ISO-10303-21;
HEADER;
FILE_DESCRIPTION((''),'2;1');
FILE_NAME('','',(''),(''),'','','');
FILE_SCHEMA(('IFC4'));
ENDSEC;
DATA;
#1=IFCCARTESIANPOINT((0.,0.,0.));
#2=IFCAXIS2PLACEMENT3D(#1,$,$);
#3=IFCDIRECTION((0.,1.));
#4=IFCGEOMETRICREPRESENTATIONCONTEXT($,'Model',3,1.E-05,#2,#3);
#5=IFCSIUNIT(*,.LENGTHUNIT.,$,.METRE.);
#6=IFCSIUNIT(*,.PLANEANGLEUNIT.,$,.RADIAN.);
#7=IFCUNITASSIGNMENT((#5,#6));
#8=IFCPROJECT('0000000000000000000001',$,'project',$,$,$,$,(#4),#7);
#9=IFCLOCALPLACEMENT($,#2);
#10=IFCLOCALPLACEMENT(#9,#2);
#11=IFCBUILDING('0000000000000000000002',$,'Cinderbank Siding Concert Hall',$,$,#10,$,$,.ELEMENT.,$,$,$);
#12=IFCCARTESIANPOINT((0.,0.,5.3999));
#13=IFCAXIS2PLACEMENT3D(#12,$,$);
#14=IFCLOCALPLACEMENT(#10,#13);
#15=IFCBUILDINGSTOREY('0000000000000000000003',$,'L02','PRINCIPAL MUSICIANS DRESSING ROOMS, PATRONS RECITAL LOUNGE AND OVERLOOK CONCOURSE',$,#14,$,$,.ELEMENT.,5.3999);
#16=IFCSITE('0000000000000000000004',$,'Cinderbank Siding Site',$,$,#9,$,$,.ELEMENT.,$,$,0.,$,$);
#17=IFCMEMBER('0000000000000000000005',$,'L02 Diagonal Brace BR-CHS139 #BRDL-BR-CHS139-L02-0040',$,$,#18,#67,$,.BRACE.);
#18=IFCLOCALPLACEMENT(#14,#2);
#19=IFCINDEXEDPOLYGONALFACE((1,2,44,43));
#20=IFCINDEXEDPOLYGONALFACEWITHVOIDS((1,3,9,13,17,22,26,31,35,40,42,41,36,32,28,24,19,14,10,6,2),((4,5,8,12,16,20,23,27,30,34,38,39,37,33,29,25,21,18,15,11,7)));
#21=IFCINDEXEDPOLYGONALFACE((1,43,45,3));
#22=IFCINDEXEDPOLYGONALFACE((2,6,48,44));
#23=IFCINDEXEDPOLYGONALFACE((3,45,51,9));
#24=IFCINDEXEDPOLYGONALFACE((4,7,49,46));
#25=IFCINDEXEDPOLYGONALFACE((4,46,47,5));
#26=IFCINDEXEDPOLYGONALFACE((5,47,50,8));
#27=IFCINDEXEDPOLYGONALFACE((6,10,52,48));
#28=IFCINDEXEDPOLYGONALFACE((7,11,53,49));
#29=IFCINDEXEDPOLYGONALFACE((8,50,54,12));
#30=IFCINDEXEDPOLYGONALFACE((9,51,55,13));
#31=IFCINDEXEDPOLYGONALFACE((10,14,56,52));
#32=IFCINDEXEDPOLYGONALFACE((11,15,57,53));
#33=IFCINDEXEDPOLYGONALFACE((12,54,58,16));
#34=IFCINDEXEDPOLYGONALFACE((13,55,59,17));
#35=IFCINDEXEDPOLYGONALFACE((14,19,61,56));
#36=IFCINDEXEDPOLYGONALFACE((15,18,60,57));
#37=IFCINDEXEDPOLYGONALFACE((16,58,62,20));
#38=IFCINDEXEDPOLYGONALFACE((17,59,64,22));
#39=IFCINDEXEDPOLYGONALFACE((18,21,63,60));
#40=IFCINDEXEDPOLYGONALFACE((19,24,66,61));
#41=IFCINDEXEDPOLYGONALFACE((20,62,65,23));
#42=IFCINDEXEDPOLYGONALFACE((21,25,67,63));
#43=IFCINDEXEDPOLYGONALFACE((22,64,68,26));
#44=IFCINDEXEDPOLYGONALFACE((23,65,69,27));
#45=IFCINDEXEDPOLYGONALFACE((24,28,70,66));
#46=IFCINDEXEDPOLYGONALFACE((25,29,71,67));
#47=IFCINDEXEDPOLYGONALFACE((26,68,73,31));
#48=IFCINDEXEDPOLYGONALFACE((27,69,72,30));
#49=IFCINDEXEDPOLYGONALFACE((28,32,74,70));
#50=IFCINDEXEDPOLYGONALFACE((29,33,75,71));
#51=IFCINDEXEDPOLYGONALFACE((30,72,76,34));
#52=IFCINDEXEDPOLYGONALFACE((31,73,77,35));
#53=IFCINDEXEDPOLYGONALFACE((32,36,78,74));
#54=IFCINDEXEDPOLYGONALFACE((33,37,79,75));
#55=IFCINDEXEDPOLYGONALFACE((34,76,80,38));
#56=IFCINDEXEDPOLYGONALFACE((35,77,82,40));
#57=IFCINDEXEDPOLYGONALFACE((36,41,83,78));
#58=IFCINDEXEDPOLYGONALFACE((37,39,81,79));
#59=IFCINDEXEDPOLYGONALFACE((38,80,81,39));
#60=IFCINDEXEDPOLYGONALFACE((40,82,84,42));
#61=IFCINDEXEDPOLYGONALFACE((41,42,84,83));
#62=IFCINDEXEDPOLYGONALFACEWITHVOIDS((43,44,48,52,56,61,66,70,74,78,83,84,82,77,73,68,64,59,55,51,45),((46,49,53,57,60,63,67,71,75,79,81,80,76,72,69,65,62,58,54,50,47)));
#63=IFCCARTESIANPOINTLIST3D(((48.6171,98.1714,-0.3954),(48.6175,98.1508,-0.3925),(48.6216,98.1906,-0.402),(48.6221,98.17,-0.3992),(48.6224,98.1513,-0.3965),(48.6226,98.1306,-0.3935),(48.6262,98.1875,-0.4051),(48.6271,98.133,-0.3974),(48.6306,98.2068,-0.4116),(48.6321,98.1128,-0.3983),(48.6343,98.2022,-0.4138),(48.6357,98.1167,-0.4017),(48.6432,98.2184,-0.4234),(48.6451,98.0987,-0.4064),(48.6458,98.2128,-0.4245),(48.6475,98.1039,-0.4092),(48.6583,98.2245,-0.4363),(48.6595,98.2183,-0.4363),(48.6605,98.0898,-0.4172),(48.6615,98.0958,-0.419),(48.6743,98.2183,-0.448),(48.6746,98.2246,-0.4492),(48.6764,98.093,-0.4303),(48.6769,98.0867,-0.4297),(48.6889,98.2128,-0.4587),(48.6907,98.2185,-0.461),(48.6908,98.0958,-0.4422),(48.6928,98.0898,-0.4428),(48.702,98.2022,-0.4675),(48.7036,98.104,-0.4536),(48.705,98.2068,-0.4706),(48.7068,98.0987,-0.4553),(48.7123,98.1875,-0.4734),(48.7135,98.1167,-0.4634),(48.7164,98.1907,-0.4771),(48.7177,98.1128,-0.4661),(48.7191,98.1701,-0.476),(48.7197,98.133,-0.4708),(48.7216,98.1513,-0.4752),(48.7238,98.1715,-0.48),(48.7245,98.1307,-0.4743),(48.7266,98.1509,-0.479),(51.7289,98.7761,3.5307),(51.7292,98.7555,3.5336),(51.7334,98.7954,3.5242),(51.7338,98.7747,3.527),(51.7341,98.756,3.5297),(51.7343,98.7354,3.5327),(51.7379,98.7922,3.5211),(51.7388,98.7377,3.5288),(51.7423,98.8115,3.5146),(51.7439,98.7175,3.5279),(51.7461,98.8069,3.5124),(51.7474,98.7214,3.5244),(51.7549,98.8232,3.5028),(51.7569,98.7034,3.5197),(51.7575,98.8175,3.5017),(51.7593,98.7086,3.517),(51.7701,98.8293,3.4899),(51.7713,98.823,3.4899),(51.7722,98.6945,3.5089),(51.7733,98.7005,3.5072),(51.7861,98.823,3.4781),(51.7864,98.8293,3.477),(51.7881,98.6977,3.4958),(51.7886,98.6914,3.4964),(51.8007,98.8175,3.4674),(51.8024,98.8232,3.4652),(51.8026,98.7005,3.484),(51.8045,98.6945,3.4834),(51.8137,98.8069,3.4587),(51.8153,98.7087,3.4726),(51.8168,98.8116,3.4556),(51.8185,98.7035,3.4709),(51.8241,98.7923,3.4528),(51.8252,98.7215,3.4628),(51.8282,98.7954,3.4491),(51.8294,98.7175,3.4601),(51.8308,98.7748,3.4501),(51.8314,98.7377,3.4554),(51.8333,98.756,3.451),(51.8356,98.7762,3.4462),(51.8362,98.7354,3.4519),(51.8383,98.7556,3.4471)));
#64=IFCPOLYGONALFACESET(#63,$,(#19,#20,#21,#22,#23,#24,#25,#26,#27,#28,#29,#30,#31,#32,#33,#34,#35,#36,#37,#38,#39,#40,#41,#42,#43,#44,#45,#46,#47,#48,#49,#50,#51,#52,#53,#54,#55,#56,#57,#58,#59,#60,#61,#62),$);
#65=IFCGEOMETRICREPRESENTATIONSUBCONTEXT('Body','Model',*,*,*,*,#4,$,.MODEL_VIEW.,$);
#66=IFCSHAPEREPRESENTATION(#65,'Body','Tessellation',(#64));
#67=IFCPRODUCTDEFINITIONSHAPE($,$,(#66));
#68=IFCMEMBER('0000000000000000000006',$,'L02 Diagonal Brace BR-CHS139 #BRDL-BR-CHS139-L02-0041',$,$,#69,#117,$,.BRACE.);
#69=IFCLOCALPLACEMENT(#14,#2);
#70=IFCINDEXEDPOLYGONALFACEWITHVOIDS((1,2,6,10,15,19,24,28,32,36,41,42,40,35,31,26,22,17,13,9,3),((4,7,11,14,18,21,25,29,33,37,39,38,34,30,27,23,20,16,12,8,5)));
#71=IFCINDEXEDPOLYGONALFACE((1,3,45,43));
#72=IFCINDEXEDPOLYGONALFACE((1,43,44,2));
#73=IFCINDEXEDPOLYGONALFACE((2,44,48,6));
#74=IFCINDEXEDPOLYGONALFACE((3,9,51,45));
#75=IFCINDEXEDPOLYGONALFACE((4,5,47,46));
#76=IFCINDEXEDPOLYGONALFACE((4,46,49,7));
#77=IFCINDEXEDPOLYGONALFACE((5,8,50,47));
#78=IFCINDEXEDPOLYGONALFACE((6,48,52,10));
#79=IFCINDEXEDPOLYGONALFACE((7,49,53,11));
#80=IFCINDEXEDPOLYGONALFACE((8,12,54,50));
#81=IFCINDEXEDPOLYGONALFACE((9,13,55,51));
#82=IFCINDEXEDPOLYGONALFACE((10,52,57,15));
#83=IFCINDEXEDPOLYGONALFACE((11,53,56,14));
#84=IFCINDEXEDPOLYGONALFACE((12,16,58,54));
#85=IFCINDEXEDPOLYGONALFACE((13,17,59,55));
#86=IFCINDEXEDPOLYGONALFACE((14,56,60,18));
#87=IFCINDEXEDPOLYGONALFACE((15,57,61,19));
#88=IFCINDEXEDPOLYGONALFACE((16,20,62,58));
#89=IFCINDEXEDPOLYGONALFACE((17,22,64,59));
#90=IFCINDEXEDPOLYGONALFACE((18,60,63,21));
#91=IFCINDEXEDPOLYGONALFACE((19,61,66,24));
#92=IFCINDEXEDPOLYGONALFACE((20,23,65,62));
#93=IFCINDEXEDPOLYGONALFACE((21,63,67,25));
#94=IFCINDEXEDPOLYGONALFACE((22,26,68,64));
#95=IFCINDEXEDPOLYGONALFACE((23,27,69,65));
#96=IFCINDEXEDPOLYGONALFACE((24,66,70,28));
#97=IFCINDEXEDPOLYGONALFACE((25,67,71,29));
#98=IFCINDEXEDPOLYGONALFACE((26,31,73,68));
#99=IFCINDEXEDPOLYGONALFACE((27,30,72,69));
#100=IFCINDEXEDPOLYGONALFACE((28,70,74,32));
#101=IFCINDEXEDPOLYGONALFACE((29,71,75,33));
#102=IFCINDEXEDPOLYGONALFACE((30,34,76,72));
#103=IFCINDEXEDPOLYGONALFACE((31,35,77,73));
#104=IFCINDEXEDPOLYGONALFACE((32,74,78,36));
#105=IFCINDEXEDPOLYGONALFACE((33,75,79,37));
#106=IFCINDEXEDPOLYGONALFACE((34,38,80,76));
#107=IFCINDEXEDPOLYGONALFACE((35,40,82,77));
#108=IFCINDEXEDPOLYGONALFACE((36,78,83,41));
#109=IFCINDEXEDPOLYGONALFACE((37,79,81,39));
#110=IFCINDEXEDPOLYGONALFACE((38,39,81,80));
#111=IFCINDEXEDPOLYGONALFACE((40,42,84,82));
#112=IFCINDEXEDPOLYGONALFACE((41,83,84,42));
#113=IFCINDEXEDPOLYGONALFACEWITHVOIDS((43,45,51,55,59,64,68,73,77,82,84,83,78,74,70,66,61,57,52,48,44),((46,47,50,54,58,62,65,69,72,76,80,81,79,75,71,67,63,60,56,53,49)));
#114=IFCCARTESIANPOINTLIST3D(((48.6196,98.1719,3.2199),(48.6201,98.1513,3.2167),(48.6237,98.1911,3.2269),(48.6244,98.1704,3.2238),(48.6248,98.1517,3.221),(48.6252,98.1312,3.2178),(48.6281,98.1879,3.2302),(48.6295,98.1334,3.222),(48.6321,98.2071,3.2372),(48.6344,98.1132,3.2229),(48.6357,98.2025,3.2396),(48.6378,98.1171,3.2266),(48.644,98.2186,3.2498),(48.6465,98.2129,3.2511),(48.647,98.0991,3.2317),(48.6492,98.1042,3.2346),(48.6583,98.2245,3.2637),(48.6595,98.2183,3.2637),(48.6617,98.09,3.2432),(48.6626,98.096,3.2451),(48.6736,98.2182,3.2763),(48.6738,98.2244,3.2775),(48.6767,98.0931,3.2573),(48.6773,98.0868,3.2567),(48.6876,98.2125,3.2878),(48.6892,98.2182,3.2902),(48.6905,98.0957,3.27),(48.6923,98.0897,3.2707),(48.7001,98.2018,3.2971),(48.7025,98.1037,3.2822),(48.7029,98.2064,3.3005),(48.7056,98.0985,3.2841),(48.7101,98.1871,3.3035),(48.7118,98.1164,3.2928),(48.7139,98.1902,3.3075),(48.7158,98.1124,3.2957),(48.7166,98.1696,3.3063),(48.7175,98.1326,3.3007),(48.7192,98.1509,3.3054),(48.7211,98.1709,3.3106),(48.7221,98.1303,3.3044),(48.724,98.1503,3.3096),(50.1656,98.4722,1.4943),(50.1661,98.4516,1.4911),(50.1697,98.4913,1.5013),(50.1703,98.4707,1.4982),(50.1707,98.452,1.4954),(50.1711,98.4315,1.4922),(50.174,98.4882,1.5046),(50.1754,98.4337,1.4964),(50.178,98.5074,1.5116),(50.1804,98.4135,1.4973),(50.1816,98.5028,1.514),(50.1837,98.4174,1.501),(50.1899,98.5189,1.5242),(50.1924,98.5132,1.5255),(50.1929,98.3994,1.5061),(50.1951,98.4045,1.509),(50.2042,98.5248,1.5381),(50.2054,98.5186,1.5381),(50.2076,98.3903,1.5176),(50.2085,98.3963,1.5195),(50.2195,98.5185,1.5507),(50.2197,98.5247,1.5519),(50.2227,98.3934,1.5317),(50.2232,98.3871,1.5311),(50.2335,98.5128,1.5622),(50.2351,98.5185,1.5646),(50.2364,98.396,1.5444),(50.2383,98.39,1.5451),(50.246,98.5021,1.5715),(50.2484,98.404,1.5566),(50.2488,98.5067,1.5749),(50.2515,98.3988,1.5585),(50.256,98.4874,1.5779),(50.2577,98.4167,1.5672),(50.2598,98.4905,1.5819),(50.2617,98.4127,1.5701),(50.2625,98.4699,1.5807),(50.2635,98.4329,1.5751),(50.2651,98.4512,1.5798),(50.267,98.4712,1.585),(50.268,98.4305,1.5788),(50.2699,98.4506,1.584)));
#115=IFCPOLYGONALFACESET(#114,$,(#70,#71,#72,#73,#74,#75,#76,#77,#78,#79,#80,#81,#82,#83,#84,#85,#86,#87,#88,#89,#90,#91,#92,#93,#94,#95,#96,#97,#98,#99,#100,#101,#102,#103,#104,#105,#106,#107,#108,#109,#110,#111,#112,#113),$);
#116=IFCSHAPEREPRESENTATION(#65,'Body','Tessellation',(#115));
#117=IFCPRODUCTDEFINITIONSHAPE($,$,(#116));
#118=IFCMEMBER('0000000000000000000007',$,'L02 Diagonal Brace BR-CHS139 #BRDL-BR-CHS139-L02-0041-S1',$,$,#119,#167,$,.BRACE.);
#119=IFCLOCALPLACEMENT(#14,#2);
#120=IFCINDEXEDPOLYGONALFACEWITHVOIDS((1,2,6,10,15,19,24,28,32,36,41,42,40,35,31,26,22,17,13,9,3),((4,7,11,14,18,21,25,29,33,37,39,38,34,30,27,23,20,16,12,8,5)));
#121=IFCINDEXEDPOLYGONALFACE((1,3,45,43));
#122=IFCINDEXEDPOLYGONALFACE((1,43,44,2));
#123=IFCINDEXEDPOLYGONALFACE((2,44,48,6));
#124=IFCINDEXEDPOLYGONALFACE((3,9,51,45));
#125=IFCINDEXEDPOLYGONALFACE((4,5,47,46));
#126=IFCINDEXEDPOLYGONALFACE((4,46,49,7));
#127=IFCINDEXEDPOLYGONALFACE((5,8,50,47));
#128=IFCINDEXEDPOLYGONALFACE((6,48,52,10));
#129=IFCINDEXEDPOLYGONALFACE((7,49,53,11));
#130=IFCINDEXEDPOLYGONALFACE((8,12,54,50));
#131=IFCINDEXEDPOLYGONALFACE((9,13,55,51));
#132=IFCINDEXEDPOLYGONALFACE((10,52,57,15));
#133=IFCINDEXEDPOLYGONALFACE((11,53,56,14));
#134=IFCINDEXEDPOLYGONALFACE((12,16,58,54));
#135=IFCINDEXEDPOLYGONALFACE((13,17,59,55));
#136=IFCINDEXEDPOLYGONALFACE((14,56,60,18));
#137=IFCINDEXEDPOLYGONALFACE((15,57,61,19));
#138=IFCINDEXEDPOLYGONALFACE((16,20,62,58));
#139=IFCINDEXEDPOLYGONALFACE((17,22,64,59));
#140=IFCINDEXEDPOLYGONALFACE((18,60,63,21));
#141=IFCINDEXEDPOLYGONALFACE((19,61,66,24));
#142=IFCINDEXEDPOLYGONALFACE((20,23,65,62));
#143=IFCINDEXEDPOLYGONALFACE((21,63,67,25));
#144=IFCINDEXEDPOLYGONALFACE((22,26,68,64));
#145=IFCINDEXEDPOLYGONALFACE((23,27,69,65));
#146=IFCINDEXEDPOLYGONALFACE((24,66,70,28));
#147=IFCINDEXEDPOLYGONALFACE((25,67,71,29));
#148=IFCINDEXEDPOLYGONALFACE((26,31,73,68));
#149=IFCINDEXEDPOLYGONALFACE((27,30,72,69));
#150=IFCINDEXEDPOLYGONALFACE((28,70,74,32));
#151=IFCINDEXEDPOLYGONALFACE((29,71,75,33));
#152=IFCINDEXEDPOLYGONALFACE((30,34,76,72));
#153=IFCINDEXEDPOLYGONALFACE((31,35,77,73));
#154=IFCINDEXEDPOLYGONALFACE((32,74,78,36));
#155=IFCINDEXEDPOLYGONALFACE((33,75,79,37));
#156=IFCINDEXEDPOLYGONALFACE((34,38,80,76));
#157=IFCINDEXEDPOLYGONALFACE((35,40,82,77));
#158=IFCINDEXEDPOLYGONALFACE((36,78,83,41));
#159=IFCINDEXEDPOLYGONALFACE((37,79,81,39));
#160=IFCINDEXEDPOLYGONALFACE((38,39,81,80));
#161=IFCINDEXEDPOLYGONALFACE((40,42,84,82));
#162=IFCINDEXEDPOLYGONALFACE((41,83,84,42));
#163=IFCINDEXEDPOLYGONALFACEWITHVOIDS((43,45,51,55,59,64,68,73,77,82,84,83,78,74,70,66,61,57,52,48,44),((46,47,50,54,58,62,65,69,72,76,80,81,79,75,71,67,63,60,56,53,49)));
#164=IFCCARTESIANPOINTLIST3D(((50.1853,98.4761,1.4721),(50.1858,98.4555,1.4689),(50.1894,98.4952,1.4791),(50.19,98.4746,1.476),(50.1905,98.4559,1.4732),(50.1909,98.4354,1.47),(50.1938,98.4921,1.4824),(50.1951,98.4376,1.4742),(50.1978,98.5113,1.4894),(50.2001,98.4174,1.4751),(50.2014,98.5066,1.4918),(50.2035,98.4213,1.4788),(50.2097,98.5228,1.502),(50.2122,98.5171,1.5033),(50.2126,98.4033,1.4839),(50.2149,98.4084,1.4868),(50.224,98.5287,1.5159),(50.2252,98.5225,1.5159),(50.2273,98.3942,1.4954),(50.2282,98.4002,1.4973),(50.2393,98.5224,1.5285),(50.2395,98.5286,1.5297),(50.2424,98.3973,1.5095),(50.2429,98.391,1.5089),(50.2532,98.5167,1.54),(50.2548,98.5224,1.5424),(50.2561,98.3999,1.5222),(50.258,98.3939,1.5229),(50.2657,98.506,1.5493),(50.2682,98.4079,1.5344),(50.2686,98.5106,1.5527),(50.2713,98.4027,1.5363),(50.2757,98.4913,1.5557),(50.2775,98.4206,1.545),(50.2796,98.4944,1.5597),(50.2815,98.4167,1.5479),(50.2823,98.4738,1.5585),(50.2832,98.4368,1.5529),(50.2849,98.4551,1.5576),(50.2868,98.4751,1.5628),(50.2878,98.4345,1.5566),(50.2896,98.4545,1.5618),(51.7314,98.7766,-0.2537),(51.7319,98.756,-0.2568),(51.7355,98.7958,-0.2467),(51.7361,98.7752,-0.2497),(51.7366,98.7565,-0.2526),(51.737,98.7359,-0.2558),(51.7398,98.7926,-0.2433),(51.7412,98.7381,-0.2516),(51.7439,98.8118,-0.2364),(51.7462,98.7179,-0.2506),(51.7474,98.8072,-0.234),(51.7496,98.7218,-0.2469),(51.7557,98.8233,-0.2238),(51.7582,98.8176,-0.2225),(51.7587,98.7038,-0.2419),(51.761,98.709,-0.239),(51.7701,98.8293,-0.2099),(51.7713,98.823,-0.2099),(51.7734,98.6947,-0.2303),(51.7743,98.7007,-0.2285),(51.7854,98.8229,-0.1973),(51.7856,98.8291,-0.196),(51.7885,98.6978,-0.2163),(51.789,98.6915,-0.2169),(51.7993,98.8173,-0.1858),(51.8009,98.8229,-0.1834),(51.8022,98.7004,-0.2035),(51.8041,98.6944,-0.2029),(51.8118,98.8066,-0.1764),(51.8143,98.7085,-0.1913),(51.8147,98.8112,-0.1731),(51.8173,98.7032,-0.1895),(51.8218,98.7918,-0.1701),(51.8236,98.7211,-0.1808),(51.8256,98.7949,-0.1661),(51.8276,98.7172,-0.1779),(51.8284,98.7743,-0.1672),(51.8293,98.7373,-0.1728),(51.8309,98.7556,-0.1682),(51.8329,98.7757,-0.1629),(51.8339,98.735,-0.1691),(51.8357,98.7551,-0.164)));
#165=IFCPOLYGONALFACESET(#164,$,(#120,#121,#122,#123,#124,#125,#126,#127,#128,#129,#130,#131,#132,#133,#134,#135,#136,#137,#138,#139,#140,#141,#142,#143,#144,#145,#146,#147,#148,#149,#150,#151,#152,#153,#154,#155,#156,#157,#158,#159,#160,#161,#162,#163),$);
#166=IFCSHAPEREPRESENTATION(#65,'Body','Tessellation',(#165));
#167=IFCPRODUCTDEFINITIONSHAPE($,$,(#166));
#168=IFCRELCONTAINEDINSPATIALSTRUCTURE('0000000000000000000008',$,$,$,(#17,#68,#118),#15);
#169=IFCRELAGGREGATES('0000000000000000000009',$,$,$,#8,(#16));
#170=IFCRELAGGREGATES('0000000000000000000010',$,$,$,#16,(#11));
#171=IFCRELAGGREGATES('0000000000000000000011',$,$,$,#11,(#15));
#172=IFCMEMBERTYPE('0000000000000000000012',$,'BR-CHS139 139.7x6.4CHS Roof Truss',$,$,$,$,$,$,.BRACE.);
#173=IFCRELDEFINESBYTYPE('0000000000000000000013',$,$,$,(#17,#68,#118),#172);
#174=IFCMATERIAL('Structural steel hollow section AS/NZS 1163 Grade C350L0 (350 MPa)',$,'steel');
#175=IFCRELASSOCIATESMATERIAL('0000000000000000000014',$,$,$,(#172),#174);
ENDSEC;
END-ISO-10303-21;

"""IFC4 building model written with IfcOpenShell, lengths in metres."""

from ifc_helpers import new_model, si_unit, direction, frame, origin, origin_2d, place, context, subcontext, project, spatial, hollow_circle, extrude, material, material_profile, profile_set, type_object, element, save


model = new_model("IFC4")

# Units and contexts
model_context = context("Model", 3, precision=1e-05, world=origin(), true_north=direction((0.0, 1.0)))
body_context = subcontext(model_context, "Body", "Model", "MODEL_VIEW")
ifc_project = project(units=[si_unit("LENGTHUNIT", "METRE"), si_unit("PLANEANGLEUNIT", "RADIAN")], contexts=[model_context])

# Site, building, storey
site_placement = place(None, origin())
site = spatial("IfcSite", under=ifc_project, at=site_placement, Name="Cinderbank Siding Site", CompositionType="ELEMENT", RefElevation=0.0)
building_placement = place(site_placement, origin())
building = spatial("IfcBuilding", under=site, at=building_placement, Name="Cinderbank Siding Concert Hall", CompositionType="ELEMENT")
storey_placement = place(building_placement, frame((0.0, 0.0, 5.3999)))
storey = spatial("IfcBuildingStorey", under=building, at=storey_placement, Name="L02", Description="PRINCIPAL MUSICIANS DRESSING ROOMS, PATRONS RECITAL LOUNGE AND OVERLOOK CONCOURSE", CompositionType="ELEMENT", Elevation=5.3999)

# Members
ifc_material_1 = material(Name="Structural steel hollow section AS/NZS 1163 Grade C350L0 (350 MPa)", Category="steel")
ifc_material_profile_1 = material_profile(ifc_material_1, hollow_circle(Radius=0.0698, WallThickness=0.0063, at=origin_2d()), Name="139.7x6.4CHS", Category="LoadBearing")
ifc_profile_set_1 = profile_set([ifc_material_profile_1], Name="Structural steel hollow section AS/NZS 1163 Grade C350L0 (350 MPa)")
member_type_1 = type_object("IfcMemberType", Name="BR-CHS139 139.7x6.4CHS Roof Truss", PredefinedType="BRACE", material=ifc_profile_set_1)
member_1_placement = place(storey_placement, frame((48.6716, 98.156, -0.4363), z_axis=(0.616658, 0.119839, 0.778056), x_axis=(-0.190767, 0.981635, 0.0)))
element("IfcMember", 1, at=member_1_placement, inside=storey, type_object=member_type_1, Name="L02 Diagonal Brace BR-CHS139 #BRDL-BR-CHS139-L02-0040", PredefinedType="BRACE", context=body_context, shape_type="SweptSolid", body=[
    extrude(hollow_circle(Radius=0.0698, WallThickness=0.0063, at=origin_2d()), origin(), (0.0, 0.0, 1.0), 5.0461),
])
member_2_placement = place(storey_placement, frame((48.6716, 98.156, 3.2637), z_axis=(0.661727, 0.128541, -0.738643), x_axis=(-0.190687, 0.981651, 0.0)))
element("IfcMember", 2, at=member_2_placement, inside=storey, type_object=member_type_1, Name="L02 Diagonal Brace BR-CHS139 #BRDL-BR-CHS139-L02-0041", PredefinedType="BRACE", context=body_context, shape_type="SweptSolid", body=[
    extrude(hollow_circle(Radius=0.0698, WallThickness=0.0063, at=origin_2d()), origin(), (0.0, 0.0, 1.0), 2.3362),
])
member_3_placement = place(storey_placement, frame((50.2373, 98.4602, 1.5159), z_axis=(0.661726, 0.128625, -0.73863), x_axis=(-0.190807, 0.981627, 0.0)))
element("IfcMember", 3, at=member_3_placement, inside=storey, type_object=member_type_1, Name="L02 Diagonal Brace BR-CHS139 #BRDL-BR-CHS139-L02-0041-S1", PredefinedType="BRACE", context=body_context, shape_type="SweptSolid", body=[
    extrude(hollow_circle(Radius=0.0698, WallThickness=0.0063, at=origin_2d()), origin(), (0.0, 0.0, 1.0), 2.3364),
])

save(model, "model.ifc")
